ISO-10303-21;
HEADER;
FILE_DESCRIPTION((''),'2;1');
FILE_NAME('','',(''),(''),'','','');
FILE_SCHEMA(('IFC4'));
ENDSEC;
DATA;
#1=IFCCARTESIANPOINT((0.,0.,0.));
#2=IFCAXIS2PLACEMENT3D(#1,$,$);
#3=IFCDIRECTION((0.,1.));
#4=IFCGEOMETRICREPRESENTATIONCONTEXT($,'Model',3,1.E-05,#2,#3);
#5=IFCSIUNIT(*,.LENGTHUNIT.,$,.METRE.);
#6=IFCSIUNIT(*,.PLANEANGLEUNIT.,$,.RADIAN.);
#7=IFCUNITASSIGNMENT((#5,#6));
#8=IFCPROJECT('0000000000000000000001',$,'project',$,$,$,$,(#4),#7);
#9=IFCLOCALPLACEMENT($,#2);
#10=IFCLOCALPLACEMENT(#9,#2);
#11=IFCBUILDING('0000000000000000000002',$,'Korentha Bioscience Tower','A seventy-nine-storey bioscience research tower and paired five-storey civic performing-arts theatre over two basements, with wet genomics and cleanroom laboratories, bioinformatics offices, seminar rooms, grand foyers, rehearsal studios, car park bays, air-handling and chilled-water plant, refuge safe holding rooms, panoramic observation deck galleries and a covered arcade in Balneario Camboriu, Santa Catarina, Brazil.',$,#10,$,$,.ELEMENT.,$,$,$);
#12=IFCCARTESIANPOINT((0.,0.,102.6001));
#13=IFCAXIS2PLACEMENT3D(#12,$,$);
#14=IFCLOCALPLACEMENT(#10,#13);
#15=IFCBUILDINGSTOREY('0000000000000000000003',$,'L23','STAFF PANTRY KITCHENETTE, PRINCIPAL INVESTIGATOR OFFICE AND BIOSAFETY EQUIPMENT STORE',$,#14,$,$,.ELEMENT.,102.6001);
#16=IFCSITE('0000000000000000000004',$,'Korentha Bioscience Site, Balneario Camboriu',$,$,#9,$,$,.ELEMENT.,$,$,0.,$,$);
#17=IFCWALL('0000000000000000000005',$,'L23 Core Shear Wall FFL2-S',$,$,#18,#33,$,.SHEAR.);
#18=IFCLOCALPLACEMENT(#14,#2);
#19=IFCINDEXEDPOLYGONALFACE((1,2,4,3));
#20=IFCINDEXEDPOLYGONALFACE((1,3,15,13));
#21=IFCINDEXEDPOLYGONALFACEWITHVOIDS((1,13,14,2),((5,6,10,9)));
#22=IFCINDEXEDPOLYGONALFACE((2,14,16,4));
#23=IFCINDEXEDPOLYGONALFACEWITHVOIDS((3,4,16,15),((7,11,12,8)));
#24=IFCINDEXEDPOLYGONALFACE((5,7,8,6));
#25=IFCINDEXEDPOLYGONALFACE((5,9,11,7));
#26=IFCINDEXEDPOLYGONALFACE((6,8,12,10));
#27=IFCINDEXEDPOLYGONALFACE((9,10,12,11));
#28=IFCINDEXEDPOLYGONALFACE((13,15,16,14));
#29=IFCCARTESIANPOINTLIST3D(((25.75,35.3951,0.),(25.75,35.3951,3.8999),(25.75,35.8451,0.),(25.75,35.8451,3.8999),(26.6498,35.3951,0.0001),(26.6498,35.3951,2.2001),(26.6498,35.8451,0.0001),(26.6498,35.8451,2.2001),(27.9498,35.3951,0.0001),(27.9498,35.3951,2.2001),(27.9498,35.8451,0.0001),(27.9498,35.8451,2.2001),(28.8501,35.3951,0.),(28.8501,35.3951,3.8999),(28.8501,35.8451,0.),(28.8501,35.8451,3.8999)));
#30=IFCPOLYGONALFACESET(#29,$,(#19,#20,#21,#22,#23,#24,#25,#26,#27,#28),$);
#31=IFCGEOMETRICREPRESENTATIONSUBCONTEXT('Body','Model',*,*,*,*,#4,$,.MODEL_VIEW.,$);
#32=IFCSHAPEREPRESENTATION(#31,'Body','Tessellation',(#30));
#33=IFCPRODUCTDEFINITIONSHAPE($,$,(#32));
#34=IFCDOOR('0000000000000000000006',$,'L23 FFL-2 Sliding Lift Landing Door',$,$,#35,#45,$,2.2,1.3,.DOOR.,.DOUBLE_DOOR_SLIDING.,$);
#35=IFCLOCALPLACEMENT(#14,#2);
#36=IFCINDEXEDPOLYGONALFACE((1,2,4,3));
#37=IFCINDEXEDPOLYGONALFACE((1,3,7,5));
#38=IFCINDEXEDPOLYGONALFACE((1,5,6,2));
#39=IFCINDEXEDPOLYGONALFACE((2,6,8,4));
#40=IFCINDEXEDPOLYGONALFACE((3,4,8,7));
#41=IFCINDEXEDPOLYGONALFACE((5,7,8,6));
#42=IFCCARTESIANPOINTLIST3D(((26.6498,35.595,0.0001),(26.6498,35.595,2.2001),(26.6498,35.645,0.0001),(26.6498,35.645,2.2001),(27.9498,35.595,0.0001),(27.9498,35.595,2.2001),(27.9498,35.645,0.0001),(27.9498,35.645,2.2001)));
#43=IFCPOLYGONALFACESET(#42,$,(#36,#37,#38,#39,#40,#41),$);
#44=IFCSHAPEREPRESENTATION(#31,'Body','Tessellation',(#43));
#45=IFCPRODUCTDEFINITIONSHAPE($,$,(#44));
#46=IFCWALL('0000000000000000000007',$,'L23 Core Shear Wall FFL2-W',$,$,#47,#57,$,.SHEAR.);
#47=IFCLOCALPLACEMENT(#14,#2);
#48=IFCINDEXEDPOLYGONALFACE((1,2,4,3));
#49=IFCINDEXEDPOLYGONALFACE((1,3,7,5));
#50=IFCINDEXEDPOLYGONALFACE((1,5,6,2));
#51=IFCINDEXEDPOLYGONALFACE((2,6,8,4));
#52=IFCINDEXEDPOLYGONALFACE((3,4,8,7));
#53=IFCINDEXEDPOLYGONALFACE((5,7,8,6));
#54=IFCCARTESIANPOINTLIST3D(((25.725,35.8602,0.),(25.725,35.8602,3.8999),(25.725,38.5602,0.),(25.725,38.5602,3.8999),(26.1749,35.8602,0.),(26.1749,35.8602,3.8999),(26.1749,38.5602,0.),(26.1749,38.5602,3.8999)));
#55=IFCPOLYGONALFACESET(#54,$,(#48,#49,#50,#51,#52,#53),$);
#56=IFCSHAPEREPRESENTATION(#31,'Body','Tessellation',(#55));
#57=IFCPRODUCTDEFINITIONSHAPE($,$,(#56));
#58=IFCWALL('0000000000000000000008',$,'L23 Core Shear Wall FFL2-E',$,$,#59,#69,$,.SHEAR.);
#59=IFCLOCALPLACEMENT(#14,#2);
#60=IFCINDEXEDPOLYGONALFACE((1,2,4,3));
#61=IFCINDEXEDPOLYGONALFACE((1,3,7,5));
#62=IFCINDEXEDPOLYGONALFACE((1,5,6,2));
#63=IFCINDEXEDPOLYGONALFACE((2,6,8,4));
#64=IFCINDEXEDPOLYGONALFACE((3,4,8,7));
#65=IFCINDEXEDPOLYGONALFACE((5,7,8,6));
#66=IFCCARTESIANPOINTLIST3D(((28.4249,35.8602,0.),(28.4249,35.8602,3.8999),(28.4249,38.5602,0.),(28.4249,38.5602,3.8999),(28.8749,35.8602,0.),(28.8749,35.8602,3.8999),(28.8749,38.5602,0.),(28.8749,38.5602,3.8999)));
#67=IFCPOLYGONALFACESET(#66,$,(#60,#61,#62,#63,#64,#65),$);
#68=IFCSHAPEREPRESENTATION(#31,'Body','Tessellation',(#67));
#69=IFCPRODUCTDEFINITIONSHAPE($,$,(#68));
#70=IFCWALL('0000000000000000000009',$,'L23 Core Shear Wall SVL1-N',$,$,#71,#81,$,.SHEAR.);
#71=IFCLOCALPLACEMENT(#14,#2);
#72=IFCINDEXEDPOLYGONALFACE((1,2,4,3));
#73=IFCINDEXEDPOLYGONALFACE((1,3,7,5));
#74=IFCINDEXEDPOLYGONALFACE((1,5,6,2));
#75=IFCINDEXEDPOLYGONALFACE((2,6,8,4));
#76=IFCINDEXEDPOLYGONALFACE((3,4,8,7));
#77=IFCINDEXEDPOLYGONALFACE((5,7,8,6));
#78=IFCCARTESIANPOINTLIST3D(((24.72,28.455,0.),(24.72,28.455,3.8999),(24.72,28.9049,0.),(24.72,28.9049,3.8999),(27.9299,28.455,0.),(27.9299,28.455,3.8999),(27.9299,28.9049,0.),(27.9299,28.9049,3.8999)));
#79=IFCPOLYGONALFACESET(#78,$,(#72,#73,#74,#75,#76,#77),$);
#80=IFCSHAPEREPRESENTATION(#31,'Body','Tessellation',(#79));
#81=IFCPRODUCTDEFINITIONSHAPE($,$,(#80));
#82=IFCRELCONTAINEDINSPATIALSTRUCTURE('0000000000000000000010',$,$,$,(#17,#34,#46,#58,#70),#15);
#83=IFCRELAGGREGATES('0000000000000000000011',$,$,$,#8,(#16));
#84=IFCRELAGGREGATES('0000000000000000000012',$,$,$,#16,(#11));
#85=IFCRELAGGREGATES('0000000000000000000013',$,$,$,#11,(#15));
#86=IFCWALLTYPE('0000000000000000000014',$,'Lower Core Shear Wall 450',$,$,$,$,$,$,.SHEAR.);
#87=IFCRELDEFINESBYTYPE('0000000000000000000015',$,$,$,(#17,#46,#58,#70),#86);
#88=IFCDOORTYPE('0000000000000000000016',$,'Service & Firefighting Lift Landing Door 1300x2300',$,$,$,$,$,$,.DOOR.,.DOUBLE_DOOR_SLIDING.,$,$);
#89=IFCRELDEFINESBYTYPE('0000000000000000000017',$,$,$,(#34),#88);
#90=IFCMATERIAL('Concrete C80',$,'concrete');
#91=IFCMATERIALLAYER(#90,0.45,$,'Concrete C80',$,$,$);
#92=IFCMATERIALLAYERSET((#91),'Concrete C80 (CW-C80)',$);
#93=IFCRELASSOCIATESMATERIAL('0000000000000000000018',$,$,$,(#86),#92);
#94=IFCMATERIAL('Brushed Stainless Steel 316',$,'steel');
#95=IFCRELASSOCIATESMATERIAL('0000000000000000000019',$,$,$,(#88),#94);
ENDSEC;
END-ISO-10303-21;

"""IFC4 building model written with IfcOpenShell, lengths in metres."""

from ifc_helpers import new_model, si_unit, direction, frame, frame_2d, origin, place, context, subcontext, project, spatial, rectangle, extrude, material, layer, layer_set, type_object, element, fill, save


model = new_model("IFC4")

# Units and contexts
model_context = context("Model", 3, precision=1e-05, world=origin(), true_north=direction((0.0, 1.0)))
body_context = subcontext(model_context, "Body", "Model", "MODEL_VIEW")
ifc_project = project(units=[si_unit("LENGTHUNIT", "METRE"), si_unit("PLANEANGLEUNIT", "RADIAN")], contexts=[model_context])

# Site, building, storey
site_placement = place(None, origin())
site = spatial("IfcSite", under=ifc_project, at=site_placement, Name="Korentha Bioscience Site, Balneario Camboriu", CompositionType="ELEMENT", RefElevation=0.0)
building_placement = place(site_placement, origin())
building = spatial("IfcBuilding", under=site, at=building_placement, Name="Korentha Bioscience Tower", Description="A seventy-nine-storey bioscience research tower and paired five-storey civic performing-arts theatre over two basements, with wet genomics and cleanroom laboratories, bioinformatics offices, seminar rooms, grand foyers, rehearsal studios, car park bays, air-handling and chilled-water plant, refuge safe holding rooms, panoramic observation deck galleries and a covered arcade in Balneario Camboriu, Santa Catarina, Brazil.", CompositionType="ELEMENT")
storey_placement = place(building_placement, frame((0.0, 0.0, 102.6001)))
storey = spatial("IfcBuildingStorey", under=building, at=storey_placement, Name="L23", Description="STAFF PANTRY KITCHENETTE, PRINCIPAL INVESTIGATOR OFFICE AND BIOSAFETY EQUIPMENT STORE", CompositionType="ELEMENT", Elevation=102.6001)

# Shared definitions
ifc_material_1 = material(Name="Concrete C80", Category="concrete")

# Shared definitions
ifc_layer_1 = layer(ifc_material_1, 0.45, Name="Concrete C80")
ifc_layer_set_1 = layer_set([ifc_layer_1], Name="Concrete C80 (CW-C80)")
wall_type_1 = type_object("IfcWallType", Name="Lower Core Shear Wall 450", PredefinedType="SHEAR", material=ifc_layer_set_1)

# Wall, opening, door
wall_1_placement = place(storey_placement, frame((25.75, 35.6201, 0.0), z_axis=(0.0, 0.0, 1.0), x_axis=(1.0, 0.0, 0.0)))
wall_1 = element("IfcWall", 1, at=wall_1_placement, inside=storey, type_object=wall_type_1, Name="L23 Core Shear Wall FFL2-S", PredefinedType="SHEAR", context=body_context, shape_type="SweptSolid", body=[
    extrude(rectangle(XDim=3.1001, YDim=0.45, at=frame_2d((1.55, 0.0))), origin(), (0.0, 0.0, 1.0), 3.8999),
])
opening_1_placement = place(wall_1_placement, frame((0.8999, 0.0, 0.0)))
opening_1 = element("IfcOpeningElement", 2, at=opening_1_placement, cuts=wall_1, PredefinedType="OPENING", context=body_context, shape_type="SweptSolid", body=[
    extrude(rectangle(XDim=1.3, YDim=2.2, at=frame_2d((0.6499, 1.1001))), frame((0.0, 0.2397, 0.0), z_axis=(0.0, -1.0, 0.0), x_axis=(1.0, 0.0, 0.0)), (0.0, 0.0, 1.0), 0.4797),
])
ifc_material_2 = material(Name="Brushed Stainless Steel 316", Category="steel")
door_type_1 = type_object("IfcDoorType", Name="Service & Firefighting Lift Landing Door 1300x2300", OperationType="DOUBLE_DOOR_SLIDING", PredefinedType="DOOR", material=ifc_material_2)
door_1_placement = place(opening_1_placement, origin())
door_1 = element("IfcDoor", 3, at=door_1_placement, inside=storey, type_object=door_type_1, Name="L23 FFL-2 Sliding Lift Landing Door", OperationType="DOUBLE_DOOR_SLIDING", OverallHeight=2.2, OverallWidth=1.3, PredefinedType="DOOR", context=body_context, shape_type="SweptSolid", body=[
    extrude(rectangle(XDim=1.3, YDim=2.2, at=frame_2d((0.6499, 1.1001))), frame((0.0, 0.0249, 0.0), z_axis=(0.0, -1.0, 0.0), x_axis=(1.0, 0.0, 0.0)), (0.0, 0.0, 1.0), 0.05),
])
fill(opening_1, door_1)

# Walls
for number, where, z_axis, x_axis, name in (
    (4, (25.95, 35.8601, 0.0), (0.0, 0.0, 1.0), (0.0, 1.0, 0.0), "L23 Core Shear Wall FFL2-W"),
    (5, (28.6499, 35.8601, 0.0), (0.0, 0.0, 1.0), (0.0, 1.0, 0.0), "L23 Core Shear Wall FFL2-E"),
):
    element("IfcWall", number, at=place(storey_placement, frame(where, z_axis=z_axis, x_axis=x_axis)), inside=storey, type_object=wall_type_1, Name=name, PredefinedType="SHEAR", context=body_context, shape_type="SweptSolid", body=[
        extrude(rectangle(XDim=2.7, YDim=0.45, at=frame_2d((1.3501, 0.0))), origin(), (0.0, 0.0, 1.0), 3.8999),
    ])
wall_2_placement = place(storey_placement, frame((24.72, 28.6799, 0.0), z_axis=(0.0, 0.0, 1.0), x_axis=(1.0, 0.0, 0.0)))
element("IfcWall", 6, at=wall_2_placement, inside=storey, type_object=wall_type_1, Name="L23 Core Shear Wall SVL1-N", PredefinedType="SHEAR", context=body_context, shape_type="SweptSolid", body=[
    extrude(rectangle(XDim=3.21, YDim=0.45, at=frame_2d((1.605, 0.0))), origin(), (0.0, 0.0, 1.0), 3.8999),
])

save(model, "model.ifc")
